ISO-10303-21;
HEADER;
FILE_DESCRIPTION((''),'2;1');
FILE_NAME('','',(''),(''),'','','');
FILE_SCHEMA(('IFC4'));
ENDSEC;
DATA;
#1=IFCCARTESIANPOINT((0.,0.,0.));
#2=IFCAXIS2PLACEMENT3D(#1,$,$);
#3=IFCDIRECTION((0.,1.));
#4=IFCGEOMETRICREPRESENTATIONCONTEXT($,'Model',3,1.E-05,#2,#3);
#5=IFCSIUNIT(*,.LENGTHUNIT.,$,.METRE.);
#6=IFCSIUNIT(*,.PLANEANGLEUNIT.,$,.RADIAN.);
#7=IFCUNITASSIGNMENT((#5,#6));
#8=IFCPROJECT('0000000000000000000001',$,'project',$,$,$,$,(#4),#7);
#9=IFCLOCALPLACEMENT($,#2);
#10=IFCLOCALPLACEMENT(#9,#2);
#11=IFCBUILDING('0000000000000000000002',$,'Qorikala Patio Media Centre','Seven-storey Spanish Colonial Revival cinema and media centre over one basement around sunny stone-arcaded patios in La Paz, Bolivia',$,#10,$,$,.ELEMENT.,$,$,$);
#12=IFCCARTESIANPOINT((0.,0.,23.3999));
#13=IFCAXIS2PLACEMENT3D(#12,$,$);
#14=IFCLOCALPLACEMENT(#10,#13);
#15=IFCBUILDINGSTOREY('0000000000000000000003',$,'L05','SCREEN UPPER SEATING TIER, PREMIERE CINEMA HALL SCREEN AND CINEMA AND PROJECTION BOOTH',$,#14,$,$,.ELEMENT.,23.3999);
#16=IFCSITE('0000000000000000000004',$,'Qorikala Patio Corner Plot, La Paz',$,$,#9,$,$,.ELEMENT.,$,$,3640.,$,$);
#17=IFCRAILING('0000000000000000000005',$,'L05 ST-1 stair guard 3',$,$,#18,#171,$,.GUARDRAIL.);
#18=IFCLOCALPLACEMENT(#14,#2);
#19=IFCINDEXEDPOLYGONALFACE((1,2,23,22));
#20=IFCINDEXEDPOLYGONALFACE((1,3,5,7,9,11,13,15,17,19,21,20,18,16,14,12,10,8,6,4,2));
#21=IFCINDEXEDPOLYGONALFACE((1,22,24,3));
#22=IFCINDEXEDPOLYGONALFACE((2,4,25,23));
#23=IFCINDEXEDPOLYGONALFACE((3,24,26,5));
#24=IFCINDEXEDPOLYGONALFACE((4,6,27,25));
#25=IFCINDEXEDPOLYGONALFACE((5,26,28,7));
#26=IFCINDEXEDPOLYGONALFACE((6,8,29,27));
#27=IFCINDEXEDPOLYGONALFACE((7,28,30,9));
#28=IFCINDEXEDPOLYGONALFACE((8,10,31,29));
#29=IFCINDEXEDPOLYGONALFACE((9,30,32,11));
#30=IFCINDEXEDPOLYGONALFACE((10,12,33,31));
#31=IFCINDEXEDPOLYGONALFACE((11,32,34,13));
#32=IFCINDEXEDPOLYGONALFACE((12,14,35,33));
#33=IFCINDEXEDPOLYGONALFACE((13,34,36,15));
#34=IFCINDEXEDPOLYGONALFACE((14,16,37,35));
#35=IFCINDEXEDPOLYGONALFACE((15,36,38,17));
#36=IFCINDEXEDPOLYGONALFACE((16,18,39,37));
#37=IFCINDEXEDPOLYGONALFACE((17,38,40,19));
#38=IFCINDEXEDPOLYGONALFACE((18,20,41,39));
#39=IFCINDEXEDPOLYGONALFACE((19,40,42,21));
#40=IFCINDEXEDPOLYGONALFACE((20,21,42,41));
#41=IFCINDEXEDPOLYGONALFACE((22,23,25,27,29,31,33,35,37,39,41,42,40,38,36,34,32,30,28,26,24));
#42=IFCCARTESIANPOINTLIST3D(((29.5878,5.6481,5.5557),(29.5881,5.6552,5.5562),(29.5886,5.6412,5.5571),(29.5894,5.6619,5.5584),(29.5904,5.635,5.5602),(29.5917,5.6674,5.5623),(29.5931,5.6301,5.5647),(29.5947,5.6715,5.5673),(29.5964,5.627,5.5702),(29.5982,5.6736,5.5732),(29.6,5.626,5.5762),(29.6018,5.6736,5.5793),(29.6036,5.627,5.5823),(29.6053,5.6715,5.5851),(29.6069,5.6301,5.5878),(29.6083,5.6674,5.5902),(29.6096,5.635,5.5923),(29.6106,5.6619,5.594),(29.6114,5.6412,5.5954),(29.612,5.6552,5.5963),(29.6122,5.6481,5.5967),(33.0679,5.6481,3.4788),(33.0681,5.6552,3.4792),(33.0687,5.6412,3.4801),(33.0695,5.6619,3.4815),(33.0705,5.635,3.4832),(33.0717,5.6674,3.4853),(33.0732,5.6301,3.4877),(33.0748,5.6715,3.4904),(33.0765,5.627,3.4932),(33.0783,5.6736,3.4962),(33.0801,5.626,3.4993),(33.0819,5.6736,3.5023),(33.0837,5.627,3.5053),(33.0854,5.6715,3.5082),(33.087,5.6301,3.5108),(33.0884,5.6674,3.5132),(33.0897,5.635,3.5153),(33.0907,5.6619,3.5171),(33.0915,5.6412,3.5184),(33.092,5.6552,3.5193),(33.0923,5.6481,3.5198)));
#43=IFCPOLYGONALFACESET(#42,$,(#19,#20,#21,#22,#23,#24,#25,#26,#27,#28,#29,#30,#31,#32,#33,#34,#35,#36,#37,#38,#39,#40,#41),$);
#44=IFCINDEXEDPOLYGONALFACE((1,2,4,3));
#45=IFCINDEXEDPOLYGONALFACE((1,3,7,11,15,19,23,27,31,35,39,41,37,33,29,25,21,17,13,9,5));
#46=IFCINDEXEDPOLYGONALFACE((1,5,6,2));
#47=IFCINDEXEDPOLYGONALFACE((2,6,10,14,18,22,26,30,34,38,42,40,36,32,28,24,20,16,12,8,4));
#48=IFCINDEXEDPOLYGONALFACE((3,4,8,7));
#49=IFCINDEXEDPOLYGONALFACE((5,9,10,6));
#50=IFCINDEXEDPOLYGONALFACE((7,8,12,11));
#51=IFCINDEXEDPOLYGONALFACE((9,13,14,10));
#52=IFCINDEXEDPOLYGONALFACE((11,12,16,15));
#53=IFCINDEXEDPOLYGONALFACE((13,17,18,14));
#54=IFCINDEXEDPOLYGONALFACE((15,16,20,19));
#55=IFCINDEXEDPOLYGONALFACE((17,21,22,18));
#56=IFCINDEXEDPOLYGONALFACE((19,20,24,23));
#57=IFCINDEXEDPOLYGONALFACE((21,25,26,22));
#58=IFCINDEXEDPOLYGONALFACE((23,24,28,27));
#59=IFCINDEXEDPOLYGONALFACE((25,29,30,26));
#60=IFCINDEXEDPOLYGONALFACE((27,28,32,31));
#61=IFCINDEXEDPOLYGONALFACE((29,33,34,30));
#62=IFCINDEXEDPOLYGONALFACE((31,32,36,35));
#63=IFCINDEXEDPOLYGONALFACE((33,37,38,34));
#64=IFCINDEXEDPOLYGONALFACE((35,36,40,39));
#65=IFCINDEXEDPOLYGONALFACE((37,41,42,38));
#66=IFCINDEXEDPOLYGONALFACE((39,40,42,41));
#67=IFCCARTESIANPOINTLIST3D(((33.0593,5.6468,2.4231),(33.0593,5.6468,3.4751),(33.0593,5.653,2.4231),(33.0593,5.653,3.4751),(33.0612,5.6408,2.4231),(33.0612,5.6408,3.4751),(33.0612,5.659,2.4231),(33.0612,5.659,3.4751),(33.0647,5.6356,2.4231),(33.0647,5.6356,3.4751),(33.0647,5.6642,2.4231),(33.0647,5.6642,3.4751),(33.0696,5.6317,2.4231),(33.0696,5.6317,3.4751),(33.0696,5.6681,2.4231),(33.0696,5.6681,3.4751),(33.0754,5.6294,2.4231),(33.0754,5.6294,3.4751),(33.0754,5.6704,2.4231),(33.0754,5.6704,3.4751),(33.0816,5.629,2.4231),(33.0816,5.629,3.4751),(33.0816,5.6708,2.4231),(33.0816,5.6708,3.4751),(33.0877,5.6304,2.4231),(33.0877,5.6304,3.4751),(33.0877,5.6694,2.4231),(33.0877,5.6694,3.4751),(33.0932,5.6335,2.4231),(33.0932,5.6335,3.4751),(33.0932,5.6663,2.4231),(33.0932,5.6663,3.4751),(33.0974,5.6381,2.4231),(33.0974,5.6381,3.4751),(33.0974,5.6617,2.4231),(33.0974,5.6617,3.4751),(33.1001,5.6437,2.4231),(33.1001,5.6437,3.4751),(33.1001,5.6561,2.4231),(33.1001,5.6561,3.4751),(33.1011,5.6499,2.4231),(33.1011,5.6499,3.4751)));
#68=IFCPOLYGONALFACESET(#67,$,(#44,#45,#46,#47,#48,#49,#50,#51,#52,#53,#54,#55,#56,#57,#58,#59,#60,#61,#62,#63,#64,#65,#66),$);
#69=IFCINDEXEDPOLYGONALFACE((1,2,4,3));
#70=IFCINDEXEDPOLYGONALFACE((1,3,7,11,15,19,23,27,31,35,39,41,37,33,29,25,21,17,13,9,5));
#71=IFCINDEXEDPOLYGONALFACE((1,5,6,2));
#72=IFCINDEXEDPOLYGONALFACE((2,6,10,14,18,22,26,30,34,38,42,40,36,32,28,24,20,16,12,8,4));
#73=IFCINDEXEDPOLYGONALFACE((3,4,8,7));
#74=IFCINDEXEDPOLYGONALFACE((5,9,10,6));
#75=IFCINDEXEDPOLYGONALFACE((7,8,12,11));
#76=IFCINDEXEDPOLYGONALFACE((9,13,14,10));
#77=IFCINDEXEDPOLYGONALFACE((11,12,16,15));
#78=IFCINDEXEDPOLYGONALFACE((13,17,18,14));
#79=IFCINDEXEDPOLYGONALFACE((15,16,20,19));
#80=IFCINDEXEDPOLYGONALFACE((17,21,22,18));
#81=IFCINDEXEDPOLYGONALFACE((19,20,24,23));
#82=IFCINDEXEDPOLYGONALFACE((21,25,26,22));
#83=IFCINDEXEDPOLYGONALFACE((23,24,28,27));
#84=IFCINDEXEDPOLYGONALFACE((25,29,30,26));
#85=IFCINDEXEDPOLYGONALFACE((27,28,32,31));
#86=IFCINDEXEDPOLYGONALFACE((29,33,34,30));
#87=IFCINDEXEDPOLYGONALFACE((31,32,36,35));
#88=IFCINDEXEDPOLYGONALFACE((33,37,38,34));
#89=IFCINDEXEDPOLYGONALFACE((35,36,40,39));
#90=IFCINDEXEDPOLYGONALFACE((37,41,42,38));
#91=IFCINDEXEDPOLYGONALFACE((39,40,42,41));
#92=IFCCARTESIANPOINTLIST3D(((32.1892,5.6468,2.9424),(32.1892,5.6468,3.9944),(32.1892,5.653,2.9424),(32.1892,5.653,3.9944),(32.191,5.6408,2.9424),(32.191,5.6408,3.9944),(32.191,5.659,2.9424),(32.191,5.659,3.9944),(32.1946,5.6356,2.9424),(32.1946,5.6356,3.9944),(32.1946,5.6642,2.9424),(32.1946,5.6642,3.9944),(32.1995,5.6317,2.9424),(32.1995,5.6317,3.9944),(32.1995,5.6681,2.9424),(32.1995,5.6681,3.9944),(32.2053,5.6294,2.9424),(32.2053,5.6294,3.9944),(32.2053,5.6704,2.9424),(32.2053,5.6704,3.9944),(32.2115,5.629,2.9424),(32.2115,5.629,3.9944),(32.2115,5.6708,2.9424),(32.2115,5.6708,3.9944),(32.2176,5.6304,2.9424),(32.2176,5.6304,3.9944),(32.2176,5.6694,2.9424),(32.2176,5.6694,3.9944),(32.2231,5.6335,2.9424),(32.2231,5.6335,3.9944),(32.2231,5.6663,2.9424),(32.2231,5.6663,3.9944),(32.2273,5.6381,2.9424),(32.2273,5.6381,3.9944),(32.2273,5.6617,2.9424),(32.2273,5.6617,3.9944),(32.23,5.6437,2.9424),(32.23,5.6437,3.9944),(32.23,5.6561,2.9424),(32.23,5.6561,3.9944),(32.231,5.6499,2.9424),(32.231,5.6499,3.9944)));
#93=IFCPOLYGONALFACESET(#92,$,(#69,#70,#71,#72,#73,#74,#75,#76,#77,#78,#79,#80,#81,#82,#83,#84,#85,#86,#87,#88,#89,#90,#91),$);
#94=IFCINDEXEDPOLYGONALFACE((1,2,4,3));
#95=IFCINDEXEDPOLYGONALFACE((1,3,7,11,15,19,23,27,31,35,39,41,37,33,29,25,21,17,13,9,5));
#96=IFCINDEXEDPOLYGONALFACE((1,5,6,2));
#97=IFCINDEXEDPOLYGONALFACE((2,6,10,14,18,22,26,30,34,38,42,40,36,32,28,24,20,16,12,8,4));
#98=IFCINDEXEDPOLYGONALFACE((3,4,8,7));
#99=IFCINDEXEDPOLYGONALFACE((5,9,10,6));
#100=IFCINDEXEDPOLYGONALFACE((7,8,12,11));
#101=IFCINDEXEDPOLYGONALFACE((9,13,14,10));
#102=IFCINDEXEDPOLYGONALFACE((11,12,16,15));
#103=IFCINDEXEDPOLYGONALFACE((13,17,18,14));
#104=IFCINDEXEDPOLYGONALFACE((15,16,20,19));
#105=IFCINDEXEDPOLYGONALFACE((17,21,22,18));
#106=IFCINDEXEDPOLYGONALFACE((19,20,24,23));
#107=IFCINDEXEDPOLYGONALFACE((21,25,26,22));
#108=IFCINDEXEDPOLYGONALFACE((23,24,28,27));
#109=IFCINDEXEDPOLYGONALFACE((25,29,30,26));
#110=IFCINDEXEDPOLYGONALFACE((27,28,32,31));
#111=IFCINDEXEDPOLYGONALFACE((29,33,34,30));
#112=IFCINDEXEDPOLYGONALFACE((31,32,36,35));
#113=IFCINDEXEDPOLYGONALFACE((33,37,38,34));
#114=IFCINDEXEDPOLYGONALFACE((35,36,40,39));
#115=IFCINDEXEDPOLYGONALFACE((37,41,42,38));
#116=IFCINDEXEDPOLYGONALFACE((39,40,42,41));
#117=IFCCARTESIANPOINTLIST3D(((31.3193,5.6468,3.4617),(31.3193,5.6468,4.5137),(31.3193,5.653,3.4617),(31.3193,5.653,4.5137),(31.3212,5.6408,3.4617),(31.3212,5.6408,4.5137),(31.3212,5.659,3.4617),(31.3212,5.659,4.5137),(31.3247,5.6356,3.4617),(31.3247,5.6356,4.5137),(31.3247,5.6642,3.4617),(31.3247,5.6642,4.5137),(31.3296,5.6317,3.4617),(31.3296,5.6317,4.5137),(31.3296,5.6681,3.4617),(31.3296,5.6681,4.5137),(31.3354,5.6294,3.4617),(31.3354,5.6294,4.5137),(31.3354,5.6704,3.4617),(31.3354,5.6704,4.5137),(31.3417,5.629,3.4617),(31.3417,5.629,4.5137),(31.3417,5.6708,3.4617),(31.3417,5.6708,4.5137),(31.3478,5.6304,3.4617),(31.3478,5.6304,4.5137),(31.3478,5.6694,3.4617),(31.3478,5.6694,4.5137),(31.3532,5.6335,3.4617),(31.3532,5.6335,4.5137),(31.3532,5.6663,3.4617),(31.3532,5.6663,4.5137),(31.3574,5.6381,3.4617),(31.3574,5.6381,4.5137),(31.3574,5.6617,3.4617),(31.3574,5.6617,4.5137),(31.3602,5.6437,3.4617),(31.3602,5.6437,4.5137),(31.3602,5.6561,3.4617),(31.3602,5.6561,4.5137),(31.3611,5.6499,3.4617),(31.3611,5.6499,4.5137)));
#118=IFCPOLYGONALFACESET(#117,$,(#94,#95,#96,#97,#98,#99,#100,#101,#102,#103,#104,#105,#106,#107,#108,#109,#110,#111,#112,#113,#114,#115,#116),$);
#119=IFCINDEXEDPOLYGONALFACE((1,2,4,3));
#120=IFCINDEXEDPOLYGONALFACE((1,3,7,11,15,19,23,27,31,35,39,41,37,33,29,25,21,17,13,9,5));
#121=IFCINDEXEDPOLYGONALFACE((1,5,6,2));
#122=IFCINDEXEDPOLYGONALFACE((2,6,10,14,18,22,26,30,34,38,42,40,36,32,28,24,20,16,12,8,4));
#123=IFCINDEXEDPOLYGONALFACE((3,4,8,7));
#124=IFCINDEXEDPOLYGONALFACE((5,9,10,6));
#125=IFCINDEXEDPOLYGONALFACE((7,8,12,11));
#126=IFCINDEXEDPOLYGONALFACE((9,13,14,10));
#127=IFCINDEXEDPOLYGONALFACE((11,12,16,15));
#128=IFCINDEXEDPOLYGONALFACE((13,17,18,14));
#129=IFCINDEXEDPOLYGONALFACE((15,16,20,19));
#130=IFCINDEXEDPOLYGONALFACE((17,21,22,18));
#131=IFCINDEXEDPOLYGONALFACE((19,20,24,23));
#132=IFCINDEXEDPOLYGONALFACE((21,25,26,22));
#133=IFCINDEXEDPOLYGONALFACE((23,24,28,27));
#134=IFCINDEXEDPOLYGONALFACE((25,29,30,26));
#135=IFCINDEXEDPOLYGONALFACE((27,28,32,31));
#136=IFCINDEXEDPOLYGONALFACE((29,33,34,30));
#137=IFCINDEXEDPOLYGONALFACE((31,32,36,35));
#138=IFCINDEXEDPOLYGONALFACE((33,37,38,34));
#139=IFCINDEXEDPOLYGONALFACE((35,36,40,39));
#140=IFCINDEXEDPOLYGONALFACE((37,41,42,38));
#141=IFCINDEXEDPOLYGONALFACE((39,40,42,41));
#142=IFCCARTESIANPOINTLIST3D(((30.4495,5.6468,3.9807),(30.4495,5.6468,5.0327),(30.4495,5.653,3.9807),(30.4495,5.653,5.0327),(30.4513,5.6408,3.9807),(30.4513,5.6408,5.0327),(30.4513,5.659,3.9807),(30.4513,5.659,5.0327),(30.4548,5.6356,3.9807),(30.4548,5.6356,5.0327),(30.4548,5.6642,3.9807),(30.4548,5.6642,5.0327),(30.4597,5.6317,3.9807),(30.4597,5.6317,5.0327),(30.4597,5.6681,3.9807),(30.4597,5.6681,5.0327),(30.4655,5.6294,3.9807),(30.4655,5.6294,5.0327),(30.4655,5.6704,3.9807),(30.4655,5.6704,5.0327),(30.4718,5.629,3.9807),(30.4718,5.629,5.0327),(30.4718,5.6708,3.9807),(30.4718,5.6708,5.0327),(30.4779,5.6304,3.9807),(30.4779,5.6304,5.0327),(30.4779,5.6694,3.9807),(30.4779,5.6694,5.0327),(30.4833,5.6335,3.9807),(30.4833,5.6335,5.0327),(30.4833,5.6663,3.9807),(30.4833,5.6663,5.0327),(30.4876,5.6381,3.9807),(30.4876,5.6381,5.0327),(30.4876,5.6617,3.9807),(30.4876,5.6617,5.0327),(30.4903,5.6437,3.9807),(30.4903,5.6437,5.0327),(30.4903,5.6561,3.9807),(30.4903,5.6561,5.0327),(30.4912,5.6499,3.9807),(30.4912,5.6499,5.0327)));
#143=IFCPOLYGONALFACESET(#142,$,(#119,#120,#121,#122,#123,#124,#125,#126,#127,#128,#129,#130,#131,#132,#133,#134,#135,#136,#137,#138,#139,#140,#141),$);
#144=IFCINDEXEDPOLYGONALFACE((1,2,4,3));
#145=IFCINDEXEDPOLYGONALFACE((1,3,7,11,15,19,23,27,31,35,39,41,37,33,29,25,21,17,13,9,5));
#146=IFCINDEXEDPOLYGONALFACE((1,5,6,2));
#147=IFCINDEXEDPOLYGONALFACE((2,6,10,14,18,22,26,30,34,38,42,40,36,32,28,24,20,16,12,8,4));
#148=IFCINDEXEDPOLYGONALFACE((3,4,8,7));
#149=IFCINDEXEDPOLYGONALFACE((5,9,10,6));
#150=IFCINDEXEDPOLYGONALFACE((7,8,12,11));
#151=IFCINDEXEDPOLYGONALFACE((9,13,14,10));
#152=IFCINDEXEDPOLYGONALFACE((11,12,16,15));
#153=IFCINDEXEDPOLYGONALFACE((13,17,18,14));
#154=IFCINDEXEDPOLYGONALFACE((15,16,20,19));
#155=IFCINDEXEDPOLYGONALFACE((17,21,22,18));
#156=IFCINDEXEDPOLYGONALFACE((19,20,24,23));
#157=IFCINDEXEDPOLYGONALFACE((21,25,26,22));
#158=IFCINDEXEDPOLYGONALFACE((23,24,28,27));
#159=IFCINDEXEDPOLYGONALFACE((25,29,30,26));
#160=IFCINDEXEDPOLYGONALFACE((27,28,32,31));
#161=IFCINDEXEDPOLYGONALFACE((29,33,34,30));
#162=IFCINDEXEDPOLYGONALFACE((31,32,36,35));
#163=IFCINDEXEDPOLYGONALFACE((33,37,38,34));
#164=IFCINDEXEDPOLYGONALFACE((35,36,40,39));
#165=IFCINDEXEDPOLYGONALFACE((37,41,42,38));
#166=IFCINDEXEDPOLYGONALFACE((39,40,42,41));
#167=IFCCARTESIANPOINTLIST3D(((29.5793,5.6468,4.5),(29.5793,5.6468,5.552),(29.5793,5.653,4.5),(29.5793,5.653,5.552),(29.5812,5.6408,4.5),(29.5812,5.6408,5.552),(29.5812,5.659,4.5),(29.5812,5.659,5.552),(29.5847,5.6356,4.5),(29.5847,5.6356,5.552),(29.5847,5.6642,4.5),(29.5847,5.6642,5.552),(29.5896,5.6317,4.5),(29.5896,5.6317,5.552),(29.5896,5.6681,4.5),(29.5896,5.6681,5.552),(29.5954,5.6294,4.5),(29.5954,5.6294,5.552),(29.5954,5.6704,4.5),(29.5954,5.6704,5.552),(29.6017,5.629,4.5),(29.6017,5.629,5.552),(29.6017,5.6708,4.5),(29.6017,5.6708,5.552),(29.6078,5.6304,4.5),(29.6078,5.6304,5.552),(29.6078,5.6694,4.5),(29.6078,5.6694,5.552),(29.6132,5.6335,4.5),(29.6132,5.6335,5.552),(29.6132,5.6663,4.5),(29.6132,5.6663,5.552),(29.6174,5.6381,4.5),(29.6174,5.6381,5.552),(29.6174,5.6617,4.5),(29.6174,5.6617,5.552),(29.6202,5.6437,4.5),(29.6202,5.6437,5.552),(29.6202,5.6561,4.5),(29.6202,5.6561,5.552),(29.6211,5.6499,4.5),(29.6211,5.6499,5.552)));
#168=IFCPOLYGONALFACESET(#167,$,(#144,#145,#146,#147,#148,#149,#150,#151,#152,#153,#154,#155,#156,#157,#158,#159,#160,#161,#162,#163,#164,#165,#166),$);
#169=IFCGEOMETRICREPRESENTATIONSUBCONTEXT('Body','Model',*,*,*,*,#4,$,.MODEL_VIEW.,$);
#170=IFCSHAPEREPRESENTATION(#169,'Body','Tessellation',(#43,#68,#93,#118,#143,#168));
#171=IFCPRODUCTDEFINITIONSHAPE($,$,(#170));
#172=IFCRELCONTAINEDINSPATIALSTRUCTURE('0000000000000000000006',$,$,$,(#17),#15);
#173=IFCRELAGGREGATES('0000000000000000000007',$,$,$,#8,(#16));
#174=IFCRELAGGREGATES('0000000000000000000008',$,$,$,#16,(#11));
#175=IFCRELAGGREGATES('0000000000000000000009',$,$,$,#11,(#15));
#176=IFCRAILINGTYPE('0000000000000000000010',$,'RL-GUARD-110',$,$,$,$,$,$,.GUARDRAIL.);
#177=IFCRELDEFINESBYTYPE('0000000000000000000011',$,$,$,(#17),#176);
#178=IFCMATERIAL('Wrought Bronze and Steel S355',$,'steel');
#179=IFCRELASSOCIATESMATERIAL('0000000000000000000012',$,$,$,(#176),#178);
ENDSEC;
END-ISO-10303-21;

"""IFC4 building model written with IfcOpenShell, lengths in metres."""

from ifc_helpers import new_model, si_unit, direction, frame, origin, origin_2d, place, context, subcontext, project, spatial, circle, extrude, material, type_object, element, save


model = new_model("IFC4")

# Units and contexts
model_context = context("Model", 3, precision=1e-05, world=origin(), true_north=direction((0.0, 1.0)))
body_context = subcontext(model_context, "Body", "Model", "MODEL_VIEW")
ifc_project = project(units=[si_unit("LENGTHUNIT", "METRE"), si_unit("PLANEANGLEUNIT", "RADIAN")], contexts=[model_context])

# Site, building, storey
site_placement = place(None, origin())
site = spatial("IfcSite", under=ifc_project, at=site_placement, Name="Qorikala Patio Corner Plot, La Paz", CompositionType="ELEMENT", RefElevation=3640.0)
building_placement = place(site_placement, origin())
building = spatial("IfcBuilding", under=site, at=building_placement, Name="Qorikala Patio Media Centre", Description="Seven-storey Spanish Colonial Revival cinema and media centre over one basement around sunny stone-arcaded patios in La Paz, Bolivia", CompositionType="ELEMENT")
storey_placement = place(building_placement, frame((0.0, 0.0, 23.3999)))
storey = spatial("IfcBuildingStorey", under=building, at=storey_placement, Name="L05", Description="SCREEN UPPER SEATING TIER, PREMIERE CINEMA HALL SCREEN AND CINEMA AND PROJECTION BOOTH", CompositionType="ELEMENT", Elevation=23.3999)

# Railing
ifc_material_1 = material(Name="Wrought Bronze and Steel S355", Category="steel")
railing_type_1 = type_object("IfcRailingType", Name="RL-GUARD-110", PredefinedType="GUARDRAIL", material=ifc_material_1)
railing_1_placement = place(storey_placement, frame((33.0801, 5.6499, 2.4231)))
element("IfcRailing", 1, at=railing_1_placement, inside=storey, type_object=railing_type_1, Name="L05 ST-1 stair guard 3", PredefinedType="GUARDRAIL", context=body_context, shape_type="SweptSolid", body=[
    extrude(circle(Radius=0.0239, at=origin_2d()), frame((0.0, 0.0, 1.0762), z_axis=(-0.858697, 0.0, 0.512483), x_axis=(0.0, -1.0, 0.0)), (0.0, 0.0, 1.0), 4.0527),
    extrude(circle(Radius=0.021, at=origin_2d()), origin(), (0.0, 0.0, 1.0), 1.052),
    extrude(circle(Radius=0.021, at=origin_2d()), frame((-0.8701, 0.0, 0.5193)), (0.0, 0.0, 1.0), 1.052),
    extrude(circle(Radius=0.021, at=origin_2d()), frame((-1.74, 0.0, 1.0386)), (0.0, 0.0, 1.0), 1.052),
    extrude(circle(Radius=0.021, at=origin_2d()), frame((-2.6099, 0.0, 1.5576)), (0.0, 0.0, 1.0), 1.052),
    extrude(circle(Radius=0.021, at=origin_2d()), frame((-3.48, 0.0, 2.0769)), (0.0, 0.0, 1.0), 1.052),
])

save(model, "model.ifc")
